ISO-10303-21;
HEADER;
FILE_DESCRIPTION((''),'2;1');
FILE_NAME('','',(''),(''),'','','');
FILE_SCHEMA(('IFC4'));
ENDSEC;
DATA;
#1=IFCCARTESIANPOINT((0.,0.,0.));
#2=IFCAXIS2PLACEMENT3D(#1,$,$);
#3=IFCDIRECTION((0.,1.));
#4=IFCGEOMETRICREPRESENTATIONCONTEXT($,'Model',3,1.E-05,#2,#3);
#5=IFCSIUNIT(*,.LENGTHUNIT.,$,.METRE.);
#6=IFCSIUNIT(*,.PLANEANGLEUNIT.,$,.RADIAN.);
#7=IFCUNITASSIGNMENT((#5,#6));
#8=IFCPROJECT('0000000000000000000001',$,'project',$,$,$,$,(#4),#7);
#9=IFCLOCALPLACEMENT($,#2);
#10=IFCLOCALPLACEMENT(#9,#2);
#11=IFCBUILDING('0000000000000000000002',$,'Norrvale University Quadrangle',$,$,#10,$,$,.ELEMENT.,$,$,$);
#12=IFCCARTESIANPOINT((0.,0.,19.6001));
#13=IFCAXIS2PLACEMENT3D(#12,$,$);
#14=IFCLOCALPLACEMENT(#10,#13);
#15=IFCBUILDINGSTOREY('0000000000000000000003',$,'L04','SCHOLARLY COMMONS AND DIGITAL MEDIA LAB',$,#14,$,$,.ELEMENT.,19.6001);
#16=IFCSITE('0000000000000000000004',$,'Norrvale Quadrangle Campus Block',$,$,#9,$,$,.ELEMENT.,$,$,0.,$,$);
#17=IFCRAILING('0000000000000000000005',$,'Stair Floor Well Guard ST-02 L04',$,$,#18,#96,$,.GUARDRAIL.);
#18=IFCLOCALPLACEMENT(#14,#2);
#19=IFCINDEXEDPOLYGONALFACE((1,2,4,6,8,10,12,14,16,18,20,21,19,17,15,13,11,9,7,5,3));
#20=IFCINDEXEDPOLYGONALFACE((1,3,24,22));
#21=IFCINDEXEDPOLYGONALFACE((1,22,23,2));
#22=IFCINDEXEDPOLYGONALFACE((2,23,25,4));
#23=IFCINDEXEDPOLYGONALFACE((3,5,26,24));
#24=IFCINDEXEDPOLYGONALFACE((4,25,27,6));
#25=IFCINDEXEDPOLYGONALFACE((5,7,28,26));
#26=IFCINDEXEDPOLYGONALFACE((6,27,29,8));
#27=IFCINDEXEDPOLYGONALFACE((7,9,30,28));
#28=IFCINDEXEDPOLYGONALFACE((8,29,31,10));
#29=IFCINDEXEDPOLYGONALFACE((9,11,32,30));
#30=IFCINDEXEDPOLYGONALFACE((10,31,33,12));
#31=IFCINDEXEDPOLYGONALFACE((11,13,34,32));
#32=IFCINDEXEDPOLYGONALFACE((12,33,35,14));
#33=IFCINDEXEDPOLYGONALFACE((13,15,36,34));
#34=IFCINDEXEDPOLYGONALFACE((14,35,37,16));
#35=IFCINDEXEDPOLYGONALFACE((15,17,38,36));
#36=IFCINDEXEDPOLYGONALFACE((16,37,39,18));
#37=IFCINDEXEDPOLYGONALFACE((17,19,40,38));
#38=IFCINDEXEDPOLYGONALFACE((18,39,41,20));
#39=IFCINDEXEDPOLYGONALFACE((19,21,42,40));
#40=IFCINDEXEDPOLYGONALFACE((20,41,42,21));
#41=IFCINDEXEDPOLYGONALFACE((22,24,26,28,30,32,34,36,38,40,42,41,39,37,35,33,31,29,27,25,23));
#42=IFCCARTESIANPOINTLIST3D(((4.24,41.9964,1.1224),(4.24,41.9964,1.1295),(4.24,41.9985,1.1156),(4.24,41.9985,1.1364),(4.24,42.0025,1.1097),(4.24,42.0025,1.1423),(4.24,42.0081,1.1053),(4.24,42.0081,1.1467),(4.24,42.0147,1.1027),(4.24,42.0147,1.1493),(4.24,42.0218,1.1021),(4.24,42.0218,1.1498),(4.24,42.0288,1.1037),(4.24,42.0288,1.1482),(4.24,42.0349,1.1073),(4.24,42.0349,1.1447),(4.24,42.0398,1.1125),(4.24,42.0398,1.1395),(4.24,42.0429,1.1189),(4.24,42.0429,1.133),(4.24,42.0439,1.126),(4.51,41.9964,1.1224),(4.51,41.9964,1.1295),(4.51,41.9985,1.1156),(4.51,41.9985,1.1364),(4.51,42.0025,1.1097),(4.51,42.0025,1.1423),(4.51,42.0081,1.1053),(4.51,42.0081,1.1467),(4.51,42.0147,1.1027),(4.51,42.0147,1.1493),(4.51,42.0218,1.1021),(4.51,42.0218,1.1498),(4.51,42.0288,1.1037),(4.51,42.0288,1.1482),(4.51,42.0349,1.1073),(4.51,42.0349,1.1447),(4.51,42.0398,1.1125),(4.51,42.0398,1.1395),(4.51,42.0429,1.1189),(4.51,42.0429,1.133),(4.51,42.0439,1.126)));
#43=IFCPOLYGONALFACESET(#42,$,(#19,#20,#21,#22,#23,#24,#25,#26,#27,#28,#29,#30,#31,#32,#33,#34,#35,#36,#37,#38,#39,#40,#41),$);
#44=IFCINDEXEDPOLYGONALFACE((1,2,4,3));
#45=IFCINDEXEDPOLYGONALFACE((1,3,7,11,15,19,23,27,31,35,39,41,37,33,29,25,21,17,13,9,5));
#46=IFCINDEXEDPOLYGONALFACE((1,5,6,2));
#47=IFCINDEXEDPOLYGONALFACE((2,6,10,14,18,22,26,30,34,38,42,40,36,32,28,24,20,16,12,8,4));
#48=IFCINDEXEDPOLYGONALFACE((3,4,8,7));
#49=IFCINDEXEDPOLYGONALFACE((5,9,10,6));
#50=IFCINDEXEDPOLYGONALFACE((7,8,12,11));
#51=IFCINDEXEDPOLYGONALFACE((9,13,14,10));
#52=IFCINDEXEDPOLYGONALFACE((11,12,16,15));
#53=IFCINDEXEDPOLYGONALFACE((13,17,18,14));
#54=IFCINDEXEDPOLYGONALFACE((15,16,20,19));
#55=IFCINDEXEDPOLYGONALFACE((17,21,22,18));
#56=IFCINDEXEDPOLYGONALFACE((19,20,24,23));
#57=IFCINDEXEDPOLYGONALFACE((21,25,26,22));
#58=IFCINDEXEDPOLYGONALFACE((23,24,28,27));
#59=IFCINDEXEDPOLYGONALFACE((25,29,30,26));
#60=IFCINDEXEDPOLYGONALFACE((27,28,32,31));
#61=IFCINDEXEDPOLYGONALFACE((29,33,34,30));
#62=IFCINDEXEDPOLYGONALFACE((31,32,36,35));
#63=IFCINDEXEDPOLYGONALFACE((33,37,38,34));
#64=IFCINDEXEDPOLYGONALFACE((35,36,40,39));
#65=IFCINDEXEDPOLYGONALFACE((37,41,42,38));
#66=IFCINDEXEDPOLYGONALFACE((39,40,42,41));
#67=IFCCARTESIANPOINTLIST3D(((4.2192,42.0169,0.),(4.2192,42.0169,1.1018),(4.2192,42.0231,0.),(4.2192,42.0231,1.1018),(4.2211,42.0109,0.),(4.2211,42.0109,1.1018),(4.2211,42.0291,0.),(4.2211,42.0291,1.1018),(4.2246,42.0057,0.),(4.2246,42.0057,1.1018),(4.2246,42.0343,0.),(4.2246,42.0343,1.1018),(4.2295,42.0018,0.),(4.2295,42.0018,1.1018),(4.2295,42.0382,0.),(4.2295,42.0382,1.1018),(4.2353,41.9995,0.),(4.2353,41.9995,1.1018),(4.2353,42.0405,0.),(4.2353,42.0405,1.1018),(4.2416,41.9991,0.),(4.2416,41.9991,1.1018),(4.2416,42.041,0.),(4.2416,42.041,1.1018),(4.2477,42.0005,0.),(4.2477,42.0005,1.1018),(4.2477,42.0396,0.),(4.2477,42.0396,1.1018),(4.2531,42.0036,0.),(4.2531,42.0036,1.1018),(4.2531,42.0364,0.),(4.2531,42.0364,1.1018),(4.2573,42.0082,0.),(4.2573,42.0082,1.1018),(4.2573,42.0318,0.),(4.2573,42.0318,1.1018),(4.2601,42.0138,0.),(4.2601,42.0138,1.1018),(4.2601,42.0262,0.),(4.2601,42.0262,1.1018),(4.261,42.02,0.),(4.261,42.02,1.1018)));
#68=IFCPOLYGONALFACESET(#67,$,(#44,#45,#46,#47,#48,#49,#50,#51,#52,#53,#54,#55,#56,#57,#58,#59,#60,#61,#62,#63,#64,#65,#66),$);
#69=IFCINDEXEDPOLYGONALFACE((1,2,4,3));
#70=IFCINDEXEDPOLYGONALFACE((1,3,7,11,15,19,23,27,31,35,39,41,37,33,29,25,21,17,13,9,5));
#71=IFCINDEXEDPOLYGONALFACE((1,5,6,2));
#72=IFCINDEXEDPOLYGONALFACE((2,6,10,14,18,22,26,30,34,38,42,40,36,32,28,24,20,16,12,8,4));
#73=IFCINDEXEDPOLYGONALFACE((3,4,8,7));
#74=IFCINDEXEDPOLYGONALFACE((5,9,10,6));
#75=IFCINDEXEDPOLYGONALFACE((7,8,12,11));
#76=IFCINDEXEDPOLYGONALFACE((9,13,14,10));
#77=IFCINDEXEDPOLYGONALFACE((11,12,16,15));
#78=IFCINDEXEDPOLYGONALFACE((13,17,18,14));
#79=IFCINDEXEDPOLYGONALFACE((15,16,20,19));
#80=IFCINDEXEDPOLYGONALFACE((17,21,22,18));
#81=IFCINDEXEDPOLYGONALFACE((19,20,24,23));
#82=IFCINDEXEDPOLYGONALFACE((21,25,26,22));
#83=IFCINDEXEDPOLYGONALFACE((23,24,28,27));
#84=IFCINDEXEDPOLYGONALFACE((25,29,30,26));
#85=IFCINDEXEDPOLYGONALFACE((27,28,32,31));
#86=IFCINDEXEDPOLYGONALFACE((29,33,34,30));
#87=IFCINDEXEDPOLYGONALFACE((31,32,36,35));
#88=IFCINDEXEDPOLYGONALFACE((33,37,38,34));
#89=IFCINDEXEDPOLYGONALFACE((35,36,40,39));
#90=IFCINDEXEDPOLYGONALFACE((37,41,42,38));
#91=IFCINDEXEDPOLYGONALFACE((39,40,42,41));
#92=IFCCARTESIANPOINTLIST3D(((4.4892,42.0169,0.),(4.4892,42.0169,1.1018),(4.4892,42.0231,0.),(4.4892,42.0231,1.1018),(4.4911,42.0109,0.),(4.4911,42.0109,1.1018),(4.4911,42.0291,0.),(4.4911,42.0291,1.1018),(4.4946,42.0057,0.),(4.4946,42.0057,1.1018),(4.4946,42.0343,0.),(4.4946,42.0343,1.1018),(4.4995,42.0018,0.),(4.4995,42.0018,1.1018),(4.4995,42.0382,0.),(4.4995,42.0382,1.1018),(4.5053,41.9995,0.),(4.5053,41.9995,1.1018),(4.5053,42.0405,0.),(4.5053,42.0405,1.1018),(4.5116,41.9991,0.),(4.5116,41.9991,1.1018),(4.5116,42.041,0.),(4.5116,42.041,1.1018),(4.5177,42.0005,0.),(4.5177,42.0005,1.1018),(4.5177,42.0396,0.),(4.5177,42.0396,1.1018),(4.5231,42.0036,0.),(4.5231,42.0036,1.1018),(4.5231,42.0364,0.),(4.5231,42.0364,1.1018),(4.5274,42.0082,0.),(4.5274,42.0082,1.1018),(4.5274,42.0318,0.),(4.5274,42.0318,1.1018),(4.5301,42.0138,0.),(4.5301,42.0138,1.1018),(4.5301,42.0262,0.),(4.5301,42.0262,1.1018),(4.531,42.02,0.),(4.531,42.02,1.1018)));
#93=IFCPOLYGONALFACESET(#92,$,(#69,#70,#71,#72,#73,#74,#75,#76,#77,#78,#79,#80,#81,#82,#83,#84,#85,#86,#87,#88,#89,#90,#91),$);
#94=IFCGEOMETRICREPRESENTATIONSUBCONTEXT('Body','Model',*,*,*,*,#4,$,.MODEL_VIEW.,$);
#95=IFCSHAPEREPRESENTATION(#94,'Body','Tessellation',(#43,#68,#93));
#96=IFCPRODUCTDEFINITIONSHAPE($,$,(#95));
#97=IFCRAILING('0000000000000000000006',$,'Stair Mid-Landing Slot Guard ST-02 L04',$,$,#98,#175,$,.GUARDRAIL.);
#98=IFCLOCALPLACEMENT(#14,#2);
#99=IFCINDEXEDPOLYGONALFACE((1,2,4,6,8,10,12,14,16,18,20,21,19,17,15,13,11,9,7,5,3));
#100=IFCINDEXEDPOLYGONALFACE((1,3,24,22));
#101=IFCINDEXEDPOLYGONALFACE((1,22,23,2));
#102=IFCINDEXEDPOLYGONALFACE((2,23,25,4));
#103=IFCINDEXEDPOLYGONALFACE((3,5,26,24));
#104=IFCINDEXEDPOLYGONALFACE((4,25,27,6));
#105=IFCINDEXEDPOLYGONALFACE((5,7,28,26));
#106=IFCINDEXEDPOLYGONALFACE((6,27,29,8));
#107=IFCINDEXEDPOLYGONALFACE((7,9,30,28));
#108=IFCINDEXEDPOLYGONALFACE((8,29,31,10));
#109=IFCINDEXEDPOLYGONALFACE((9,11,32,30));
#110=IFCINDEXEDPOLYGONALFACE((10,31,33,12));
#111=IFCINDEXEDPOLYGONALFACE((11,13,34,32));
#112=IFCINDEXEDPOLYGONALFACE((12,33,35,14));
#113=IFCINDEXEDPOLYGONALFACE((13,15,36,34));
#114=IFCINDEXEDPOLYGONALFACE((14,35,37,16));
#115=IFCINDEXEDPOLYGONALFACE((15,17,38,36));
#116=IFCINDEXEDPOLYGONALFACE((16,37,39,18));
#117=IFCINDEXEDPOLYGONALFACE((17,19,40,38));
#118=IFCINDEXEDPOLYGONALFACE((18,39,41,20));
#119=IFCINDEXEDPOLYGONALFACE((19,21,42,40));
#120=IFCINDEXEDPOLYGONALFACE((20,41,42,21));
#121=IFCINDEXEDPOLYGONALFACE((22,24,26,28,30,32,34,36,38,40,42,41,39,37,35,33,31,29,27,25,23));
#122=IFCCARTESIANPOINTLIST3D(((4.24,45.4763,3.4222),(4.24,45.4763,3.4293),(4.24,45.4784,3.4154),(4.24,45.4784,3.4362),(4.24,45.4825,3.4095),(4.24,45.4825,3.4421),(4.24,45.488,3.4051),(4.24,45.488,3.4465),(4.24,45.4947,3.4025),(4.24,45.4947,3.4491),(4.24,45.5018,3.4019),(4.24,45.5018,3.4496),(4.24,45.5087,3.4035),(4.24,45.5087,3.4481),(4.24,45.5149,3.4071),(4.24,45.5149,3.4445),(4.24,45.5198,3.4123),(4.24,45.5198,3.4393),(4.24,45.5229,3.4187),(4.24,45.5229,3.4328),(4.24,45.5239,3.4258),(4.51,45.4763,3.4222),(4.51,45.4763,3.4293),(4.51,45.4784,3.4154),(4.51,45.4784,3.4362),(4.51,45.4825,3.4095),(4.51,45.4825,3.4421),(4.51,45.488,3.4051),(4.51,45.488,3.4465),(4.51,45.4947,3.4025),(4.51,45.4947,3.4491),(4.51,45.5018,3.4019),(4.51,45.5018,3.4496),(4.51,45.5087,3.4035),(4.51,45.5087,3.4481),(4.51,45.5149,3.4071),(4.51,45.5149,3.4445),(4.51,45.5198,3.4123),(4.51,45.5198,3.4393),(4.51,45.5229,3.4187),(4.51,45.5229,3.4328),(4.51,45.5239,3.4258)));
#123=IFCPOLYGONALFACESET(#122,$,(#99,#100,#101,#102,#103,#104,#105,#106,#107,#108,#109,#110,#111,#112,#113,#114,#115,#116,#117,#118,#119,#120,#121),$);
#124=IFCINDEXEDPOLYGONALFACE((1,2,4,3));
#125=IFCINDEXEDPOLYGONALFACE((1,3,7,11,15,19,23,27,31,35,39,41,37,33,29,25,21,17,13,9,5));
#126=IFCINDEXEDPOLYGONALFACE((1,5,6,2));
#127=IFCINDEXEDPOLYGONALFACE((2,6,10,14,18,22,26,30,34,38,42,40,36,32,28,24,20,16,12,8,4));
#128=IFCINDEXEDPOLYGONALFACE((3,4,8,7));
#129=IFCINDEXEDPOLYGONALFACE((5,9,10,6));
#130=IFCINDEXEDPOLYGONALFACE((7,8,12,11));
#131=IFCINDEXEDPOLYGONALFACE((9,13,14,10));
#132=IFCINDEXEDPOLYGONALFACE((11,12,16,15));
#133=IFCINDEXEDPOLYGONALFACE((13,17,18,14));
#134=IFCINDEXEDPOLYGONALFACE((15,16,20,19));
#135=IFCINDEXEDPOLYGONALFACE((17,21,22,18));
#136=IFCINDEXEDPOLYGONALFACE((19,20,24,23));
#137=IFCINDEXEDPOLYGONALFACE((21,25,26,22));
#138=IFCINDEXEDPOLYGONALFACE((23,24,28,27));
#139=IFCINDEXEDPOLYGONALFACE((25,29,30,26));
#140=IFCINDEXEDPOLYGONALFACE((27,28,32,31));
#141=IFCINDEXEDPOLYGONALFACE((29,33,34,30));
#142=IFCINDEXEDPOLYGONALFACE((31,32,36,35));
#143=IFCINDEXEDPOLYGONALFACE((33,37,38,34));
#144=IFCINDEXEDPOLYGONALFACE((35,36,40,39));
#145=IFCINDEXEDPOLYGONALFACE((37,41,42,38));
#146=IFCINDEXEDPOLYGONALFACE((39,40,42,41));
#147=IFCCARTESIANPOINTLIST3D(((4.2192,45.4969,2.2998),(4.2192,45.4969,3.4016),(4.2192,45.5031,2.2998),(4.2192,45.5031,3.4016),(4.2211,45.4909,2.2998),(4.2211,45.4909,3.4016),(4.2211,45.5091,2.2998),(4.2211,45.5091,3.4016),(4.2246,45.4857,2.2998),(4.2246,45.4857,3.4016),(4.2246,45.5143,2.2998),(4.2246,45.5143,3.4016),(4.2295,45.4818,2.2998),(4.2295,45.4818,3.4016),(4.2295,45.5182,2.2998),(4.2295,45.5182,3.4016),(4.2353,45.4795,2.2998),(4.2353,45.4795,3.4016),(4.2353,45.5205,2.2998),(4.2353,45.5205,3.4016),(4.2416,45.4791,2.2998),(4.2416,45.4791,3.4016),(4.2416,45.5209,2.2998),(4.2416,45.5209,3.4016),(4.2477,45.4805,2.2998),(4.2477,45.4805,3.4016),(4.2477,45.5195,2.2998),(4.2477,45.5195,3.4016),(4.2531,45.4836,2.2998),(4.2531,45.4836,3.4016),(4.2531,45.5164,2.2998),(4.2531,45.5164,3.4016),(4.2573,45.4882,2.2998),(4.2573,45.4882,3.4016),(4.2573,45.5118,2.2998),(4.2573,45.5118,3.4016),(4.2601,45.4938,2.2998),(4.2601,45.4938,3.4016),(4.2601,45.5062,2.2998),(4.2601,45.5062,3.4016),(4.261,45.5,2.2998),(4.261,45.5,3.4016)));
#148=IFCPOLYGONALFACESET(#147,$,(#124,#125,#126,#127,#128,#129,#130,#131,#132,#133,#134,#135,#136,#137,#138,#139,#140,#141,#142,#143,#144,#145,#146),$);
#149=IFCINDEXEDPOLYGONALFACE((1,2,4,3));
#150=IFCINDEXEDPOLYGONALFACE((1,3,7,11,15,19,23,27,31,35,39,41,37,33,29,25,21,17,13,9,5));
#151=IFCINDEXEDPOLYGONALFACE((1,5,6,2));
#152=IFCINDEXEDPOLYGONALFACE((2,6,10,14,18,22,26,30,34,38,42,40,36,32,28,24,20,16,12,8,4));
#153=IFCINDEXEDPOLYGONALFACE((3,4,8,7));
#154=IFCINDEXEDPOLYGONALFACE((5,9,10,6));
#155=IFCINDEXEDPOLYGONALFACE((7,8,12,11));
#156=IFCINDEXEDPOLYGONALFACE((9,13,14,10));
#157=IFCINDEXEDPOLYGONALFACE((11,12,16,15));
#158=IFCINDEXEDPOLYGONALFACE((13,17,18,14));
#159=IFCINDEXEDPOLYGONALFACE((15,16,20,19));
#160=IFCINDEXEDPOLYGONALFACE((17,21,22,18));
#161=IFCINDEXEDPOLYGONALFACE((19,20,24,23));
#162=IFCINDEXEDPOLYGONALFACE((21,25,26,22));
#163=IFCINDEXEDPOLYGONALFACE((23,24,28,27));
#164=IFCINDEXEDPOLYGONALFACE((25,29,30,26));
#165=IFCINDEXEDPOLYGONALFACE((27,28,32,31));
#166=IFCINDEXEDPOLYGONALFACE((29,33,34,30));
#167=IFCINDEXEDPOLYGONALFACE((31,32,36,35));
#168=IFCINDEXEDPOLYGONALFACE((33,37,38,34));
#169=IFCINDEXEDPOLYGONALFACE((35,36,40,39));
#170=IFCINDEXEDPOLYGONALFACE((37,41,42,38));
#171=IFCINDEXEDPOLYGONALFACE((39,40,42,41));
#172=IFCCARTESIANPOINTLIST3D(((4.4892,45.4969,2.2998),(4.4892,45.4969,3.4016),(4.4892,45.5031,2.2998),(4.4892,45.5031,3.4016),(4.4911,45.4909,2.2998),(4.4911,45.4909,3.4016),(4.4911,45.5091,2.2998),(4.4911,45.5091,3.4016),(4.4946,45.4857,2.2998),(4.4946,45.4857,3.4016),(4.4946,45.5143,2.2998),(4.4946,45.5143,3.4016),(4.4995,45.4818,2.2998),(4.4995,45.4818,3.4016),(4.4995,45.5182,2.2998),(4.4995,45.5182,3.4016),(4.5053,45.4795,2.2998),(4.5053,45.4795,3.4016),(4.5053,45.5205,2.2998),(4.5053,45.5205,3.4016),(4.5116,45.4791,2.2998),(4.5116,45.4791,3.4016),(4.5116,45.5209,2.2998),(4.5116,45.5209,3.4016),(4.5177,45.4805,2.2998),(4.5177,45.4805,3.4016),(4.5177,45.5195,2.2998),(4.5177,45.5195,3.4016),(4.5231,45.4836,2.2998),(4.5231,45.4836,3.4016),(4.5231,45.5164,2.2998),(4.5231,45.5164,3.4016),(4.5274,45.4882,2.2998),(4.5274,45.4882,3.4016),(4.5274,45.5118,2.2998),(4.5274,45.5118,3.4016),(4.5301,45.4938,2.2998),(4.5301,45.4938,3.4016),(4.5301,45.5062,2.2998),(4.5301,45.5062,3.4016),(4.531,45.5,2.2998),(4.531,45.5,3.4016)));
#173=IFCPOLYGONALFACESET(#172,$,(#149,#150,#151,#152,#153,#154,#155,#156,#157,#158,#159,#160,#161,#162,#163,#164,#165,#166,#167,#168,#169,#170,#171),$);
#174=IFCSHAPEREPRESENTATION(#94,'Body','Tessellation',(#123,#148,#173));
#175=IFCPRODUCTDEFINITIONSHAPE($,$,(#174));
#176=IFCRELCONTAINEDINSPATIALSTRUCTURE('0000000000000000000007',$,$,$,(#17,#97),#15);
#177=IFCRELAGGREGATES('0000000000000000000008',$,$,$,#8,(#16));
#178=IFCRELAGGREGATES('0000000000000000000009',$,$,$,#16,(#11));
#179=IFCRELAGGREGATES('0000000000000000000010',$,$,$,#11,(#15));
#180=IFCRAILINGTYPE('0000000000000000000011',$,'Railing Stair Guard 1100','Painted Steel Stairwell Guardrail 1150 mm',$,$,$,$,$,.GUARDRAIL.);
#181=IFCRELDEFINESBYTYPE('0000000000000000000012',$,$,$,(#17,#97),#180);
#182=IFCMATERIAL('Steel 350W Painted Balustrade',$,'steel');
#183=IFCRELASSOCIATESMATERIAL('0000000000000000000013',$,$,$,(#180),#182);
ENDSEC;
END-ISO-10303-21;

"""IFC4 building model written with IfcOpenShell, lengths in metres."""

from ifc_helpers import new_model, si_unit, direction, frame, origin, origin_2d, place, context, subcontext, project, spatial, circle, extrude, material, type_object, element, save


model = new_model("IFC4")

# Units and contexts
model_context = context("Model", 3, precision=1e-05, world=origin(), true_north=direction((0.0, 1.0)))
body_context = subcontext(model_context, "Body", "Model", "MODEL_VIEW")
ifc_project = project(units=[si_unit("LENGTHUNIT", "METRE"), si_unit("PLANEANGLEUNIT", "RADIAN")], contexts=[model_context])

# Site, building, storey
site_placement = place(None, origin())
site = spatial("IfcSite", under=ifc_project, at=site_placement, Name="Norrvale Quadrangle Campus Block", CompositionType="ELEMENT", RefElevation=0.0)
building_placement = place(site_placement, origin())
building = spatial("IfcBuilding", under=site, at=building_placement, Name="Norrvale University Quadrangle", CompositionType="ELEMENT")
storey_placement = place(building_placement, frame((0.0, 0.0, 19.6001)))
storey = spatial("IfcBuildingStorey", under=building, at=storey_placement, Name="L04", Description="SCHOLARLY COMMONS AND DIGITAL MEDIA LAB", CompositionType="ELEMENT", Elevation=19.6001)

# Railings
ifc_material_1 = material(Name="Steel 350W Painted Balustrade", Category="steel")
railing_type_1 = type_object("IfcRailingType", Name="Railing Stair Guard 1100", Description="Painted Steel Stairwell Guardrail 1150 mm", PredefinedType="GUARDRAIL", material=ifc_material_1)
for number, where, name in (
    (1, (4.24, 42.02, 0.0), "Stair Floor Well Guard ST-02 L04"),
    (2, (4.24, 45.5, 2.2998), "Stair Mid-Landing Slot Guard ST-02 L04"),
):
    element("IfcRailing", number, at=place(storey_placement, frame(where)), inside=storey, type_object=railing_type_1, Name=name, PredefinedType="GUARDRAIL", context=body_context, shape_type="SweptSolid", body=[
        extrude(circle(Radius=0.0239, at=origin_2d()), frame((0.0, 0.0, 1.126), z_axis=(1.0, 0.0, 0.0), x_axis=(0.0, 1.0, 0.0)), (0.0, 0.0, 1.0), 0.27),
        extrude(circle(Radius=0.021, at=origin_2d()), origin(), (0.0, 0.0, 1.0), 1.1018),
        extrude(circle(Radius=0.021, at=origin_2d()), frame((0.27, 0.0, 0.0)), (0.0, 0.0, 1.0), 1.1018),
    ])

save(model, "model.ifc")
